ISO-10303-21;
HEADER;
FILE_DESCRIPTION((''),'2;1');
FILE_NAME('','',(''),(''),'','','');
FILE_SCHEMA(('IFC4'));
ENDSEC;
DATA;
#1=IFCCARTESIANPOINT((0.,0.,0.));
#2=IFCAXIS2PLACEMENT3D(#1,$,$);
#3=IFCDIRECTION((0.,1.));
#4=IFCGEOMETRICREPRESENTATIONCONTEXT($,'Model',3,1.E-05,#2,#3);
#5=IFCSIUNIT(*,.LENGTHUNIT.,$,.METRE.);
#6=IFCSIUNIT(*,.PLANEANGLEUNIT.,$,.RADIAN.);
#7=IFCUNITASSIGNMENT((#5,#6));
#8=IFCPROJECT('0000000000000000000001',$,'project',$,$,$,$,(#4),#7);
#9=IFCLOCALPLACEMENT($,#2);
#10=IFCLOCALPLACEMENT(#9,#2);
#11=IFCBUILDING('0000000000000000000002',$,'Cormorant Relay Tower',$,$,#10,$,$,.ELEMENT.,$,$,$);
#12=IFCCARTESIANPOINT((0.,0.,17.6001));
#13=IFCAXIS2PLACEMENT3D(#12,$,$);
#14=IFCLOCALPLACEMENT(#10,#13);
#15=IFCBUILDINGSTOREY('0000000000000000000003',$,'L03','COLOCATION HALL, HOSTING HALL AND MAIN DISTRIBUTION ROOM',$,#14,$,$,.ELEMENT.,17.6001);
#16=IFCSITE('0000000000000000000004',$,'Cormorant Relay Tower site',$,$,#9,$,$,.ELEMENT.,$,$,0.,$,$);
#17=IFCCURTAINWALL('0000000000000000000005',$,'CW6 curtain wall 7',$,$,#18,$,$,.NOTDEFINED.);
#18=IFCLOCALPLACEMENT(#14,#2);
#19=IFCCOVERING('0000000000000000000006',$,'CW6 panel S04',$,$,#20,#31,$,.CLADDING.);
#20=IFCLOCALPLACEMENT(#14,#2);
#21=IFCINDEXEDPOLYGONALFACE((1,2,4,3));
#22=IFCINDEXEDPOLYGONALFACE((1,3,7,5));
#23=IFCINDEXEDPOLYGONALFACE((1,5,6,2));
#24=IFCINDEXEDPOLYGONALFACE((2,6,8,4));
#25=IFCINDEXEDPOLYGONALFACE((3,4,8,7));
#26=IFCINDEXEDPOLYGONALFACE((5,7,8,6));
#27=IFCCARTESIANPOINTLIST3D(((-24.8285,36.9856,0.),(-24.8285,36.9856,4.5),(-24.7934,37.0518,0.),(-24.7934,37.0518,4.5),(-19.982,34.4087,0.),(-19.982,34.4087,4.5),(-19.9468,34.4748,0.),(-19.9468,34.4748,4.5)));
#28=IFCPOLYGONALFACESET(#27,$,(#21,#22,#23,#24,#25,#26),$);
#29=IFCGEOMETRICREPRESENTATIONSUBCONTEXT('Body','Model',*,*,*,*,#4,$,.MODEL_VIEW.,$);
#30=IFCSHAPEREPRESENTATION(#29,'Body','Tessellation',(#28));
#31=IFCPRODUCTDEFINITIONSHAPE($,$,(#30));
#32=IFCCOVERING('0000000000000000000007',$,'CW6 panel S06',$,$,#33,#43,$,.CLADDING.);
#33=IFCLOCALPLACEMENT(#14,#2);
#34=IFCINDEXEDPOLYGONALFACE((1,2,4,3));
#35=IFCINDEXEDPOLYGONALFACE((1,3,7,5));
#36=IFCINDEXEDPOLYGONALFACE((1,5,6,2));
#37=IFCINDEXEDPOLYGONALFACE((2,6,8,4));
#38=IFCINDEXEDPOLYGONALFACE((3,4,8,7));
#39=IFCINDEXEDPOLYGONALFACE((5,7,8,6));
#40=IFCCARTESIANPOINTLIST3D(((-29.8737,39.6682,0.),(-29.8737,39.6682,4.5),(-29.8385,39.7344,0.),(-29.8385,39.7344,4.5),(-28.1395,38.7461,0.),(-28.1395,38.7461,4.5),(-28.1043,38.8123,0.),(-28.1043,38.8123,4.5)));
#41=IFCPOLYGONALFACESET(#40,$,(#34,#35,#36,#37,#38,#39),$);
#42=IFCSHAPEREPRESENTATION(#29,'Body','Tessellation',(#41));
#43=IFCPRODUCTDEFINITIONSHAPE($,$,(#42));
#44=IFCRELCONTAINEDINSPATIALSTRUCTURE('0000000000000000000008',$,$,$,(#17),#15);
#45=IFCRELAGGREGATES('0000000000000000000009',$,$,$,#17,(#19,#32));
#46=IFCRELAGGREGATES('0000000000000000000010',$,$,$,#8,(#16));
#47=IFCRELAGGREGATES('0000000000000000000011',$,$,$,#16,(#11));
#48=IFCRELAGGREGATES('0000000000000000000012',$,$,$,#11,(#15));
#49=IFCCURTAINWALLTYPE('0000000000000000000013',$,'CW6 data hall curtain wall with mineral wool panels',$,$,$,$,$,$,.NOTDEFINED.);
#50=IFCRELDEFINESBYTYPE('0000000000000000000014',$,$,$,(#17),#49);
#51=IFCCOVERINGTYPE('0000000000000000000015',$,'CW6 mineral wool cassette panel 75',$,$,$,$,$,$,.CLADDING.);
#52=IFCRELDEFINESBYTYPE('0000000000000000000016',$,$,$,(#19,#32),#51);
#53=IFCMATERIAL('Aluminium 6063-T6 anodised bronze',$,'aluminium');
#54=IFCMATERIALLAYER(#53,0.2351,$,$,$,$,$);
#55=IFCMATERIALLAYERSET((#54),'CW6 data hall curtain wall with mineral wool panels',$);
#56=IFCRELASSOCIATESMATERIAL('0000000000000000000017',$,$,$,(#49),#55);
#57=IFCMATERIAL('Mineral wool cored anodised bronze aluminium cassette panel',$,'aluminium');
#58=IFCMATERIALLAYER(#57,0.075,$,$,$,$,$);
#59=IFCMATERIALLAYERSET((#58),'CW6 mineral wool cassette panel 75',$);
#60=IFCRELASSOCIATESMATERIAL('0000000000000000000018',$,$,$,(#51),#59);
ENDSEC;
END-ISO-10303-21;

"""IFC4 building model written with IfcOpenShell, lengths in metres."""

from ifc_helpers import new_model, si_unit, direction, frame, origin, origin_2d, place, context, subcontext, project, spatial, rectangle, extrude, material, layer, layer_set, type_object, element, aggregate, save


model = new_model("IFC4")

# Units and contexts
model_context = context("Model", 3, precision=1e-05, world=origin(), true_north=direction((0.0, 1.0)))
body_context = subcontext(model_context, "Body", "Model", "MODEL_VIEW")
ifc_project = project(units=[si_unit("LENGTHUNIT", "METRE"), si_unit("PLANEANGLEUNIT", "RADIAN")], contexts=[model_context])

# Site, building, storey
site_placement = place(None, origin())
site = spatial("IfcSite", under=ifc_project, at=site_placement, Name="Cormorant Relay Tower site", CompositionType="ELEMENT", RefElevation=0.0)
building_placement = place(site_placement, origin())
building = spatial("IfcBuilding", under=site, at=building_placement, Name="Cormorant Relay Tower", CompositionType="ELEMENT")
storey_placement = place(building_placement, frame((0.0, 0.0, 17.6001)))
storey = spatial("IfcBuildingStorey", under=building, at=storey_placement, Name="L03", Description="COLOCATION HALL, HOSTING HALL AND MAIN DISTRIBUTION ROOM", CompositionType="ELEMENT", Elevation=17.6001)

# Curtain wall
ifc_material_1 = material(Name="Aluminium 6063-T6 anodised bronze", Category="aluminium")
ifc_layer_1 = layer(ifc_material_1, 0.2351)
ifc_layer_set_1 = layer_set([ifc_layer_1], Name="CW6 data hall curtain wall with mineral wool panels")
curtain_wall_type = type_object("IfcCurtainWallType", Name="CW6 data hall curtain wall with mineral wool panels", PredefinedType="NOTDEFINED", material=ifc_layer_set_1)
curtain_wall_1_placement = place(storey_placement, origin())
curtain_wall_1 = element("IfcCurtainWall", 1, at=curtain_wall_1_placement, inside=storey, type_object=curtain_wall_type, Name="CW6 curtain wall 7", PredefinedType="NOTDEFINED")

# Coverings
ifc_material_2 = material(Name="Mineral wool cored anodised bronze aluminium cassette panel", Category="aluminium")
ifc_layer_2 = layer(ifc_material_2, 0.075)
ifc_layer_set_2 = layer_set([ifc_layer_2], Name="CW6 mineral wool cassette panel 75")
covering_type = type_object("IfcCoveringType", Name="CW6 mineral wool cassette panel 75", PredefinedType="CLADDING", material=ifc_layer_set_2)
covering_1_placement = place(storey_placement, frame((-22.3877, 35.7302, 0.0), z_axis=(0.0, 0.0, 1.0), x_axis=(-0.882948, 0.469472, 0.0)))
covering_1 = element("IfcCovering", 2, at=covering_1_placement, type_object=covering_type, Name="CW6 panel S04", PredefinedType="CLADDING", context=body_context, shape_type="SweptSolid", body=[
    extrude(rectangle(XDim=5.489, YDim=0.075, at=origin_2d()), origin(), (0.0, 0.0, 1.0), 4.5),
])
covering_2_placement = place(storey_placement, frame((-28.989, 39.2402, 0.0), z_axis=(0.0, 0.0, 1.0), x_axis=(-0.882948, 0.469472, 0.0)))
covering_2 = element("IfcCovering", 3, at=covering_2_placement, type_object=covering_type, Name="CW6 panel S06", PredefinedType="CLADDING", context=body_context, shape_type="SweptSolid", body=[
    extrude(rectangle(XDim=1.9641, YDim=0.075, at=origin_2d()), origin(), (0.0, 0.0, 1.0), 4.5),
])
aggregate(curtain_wall_1, [covering_1, covering_2])

save(model, "model.ifc")
